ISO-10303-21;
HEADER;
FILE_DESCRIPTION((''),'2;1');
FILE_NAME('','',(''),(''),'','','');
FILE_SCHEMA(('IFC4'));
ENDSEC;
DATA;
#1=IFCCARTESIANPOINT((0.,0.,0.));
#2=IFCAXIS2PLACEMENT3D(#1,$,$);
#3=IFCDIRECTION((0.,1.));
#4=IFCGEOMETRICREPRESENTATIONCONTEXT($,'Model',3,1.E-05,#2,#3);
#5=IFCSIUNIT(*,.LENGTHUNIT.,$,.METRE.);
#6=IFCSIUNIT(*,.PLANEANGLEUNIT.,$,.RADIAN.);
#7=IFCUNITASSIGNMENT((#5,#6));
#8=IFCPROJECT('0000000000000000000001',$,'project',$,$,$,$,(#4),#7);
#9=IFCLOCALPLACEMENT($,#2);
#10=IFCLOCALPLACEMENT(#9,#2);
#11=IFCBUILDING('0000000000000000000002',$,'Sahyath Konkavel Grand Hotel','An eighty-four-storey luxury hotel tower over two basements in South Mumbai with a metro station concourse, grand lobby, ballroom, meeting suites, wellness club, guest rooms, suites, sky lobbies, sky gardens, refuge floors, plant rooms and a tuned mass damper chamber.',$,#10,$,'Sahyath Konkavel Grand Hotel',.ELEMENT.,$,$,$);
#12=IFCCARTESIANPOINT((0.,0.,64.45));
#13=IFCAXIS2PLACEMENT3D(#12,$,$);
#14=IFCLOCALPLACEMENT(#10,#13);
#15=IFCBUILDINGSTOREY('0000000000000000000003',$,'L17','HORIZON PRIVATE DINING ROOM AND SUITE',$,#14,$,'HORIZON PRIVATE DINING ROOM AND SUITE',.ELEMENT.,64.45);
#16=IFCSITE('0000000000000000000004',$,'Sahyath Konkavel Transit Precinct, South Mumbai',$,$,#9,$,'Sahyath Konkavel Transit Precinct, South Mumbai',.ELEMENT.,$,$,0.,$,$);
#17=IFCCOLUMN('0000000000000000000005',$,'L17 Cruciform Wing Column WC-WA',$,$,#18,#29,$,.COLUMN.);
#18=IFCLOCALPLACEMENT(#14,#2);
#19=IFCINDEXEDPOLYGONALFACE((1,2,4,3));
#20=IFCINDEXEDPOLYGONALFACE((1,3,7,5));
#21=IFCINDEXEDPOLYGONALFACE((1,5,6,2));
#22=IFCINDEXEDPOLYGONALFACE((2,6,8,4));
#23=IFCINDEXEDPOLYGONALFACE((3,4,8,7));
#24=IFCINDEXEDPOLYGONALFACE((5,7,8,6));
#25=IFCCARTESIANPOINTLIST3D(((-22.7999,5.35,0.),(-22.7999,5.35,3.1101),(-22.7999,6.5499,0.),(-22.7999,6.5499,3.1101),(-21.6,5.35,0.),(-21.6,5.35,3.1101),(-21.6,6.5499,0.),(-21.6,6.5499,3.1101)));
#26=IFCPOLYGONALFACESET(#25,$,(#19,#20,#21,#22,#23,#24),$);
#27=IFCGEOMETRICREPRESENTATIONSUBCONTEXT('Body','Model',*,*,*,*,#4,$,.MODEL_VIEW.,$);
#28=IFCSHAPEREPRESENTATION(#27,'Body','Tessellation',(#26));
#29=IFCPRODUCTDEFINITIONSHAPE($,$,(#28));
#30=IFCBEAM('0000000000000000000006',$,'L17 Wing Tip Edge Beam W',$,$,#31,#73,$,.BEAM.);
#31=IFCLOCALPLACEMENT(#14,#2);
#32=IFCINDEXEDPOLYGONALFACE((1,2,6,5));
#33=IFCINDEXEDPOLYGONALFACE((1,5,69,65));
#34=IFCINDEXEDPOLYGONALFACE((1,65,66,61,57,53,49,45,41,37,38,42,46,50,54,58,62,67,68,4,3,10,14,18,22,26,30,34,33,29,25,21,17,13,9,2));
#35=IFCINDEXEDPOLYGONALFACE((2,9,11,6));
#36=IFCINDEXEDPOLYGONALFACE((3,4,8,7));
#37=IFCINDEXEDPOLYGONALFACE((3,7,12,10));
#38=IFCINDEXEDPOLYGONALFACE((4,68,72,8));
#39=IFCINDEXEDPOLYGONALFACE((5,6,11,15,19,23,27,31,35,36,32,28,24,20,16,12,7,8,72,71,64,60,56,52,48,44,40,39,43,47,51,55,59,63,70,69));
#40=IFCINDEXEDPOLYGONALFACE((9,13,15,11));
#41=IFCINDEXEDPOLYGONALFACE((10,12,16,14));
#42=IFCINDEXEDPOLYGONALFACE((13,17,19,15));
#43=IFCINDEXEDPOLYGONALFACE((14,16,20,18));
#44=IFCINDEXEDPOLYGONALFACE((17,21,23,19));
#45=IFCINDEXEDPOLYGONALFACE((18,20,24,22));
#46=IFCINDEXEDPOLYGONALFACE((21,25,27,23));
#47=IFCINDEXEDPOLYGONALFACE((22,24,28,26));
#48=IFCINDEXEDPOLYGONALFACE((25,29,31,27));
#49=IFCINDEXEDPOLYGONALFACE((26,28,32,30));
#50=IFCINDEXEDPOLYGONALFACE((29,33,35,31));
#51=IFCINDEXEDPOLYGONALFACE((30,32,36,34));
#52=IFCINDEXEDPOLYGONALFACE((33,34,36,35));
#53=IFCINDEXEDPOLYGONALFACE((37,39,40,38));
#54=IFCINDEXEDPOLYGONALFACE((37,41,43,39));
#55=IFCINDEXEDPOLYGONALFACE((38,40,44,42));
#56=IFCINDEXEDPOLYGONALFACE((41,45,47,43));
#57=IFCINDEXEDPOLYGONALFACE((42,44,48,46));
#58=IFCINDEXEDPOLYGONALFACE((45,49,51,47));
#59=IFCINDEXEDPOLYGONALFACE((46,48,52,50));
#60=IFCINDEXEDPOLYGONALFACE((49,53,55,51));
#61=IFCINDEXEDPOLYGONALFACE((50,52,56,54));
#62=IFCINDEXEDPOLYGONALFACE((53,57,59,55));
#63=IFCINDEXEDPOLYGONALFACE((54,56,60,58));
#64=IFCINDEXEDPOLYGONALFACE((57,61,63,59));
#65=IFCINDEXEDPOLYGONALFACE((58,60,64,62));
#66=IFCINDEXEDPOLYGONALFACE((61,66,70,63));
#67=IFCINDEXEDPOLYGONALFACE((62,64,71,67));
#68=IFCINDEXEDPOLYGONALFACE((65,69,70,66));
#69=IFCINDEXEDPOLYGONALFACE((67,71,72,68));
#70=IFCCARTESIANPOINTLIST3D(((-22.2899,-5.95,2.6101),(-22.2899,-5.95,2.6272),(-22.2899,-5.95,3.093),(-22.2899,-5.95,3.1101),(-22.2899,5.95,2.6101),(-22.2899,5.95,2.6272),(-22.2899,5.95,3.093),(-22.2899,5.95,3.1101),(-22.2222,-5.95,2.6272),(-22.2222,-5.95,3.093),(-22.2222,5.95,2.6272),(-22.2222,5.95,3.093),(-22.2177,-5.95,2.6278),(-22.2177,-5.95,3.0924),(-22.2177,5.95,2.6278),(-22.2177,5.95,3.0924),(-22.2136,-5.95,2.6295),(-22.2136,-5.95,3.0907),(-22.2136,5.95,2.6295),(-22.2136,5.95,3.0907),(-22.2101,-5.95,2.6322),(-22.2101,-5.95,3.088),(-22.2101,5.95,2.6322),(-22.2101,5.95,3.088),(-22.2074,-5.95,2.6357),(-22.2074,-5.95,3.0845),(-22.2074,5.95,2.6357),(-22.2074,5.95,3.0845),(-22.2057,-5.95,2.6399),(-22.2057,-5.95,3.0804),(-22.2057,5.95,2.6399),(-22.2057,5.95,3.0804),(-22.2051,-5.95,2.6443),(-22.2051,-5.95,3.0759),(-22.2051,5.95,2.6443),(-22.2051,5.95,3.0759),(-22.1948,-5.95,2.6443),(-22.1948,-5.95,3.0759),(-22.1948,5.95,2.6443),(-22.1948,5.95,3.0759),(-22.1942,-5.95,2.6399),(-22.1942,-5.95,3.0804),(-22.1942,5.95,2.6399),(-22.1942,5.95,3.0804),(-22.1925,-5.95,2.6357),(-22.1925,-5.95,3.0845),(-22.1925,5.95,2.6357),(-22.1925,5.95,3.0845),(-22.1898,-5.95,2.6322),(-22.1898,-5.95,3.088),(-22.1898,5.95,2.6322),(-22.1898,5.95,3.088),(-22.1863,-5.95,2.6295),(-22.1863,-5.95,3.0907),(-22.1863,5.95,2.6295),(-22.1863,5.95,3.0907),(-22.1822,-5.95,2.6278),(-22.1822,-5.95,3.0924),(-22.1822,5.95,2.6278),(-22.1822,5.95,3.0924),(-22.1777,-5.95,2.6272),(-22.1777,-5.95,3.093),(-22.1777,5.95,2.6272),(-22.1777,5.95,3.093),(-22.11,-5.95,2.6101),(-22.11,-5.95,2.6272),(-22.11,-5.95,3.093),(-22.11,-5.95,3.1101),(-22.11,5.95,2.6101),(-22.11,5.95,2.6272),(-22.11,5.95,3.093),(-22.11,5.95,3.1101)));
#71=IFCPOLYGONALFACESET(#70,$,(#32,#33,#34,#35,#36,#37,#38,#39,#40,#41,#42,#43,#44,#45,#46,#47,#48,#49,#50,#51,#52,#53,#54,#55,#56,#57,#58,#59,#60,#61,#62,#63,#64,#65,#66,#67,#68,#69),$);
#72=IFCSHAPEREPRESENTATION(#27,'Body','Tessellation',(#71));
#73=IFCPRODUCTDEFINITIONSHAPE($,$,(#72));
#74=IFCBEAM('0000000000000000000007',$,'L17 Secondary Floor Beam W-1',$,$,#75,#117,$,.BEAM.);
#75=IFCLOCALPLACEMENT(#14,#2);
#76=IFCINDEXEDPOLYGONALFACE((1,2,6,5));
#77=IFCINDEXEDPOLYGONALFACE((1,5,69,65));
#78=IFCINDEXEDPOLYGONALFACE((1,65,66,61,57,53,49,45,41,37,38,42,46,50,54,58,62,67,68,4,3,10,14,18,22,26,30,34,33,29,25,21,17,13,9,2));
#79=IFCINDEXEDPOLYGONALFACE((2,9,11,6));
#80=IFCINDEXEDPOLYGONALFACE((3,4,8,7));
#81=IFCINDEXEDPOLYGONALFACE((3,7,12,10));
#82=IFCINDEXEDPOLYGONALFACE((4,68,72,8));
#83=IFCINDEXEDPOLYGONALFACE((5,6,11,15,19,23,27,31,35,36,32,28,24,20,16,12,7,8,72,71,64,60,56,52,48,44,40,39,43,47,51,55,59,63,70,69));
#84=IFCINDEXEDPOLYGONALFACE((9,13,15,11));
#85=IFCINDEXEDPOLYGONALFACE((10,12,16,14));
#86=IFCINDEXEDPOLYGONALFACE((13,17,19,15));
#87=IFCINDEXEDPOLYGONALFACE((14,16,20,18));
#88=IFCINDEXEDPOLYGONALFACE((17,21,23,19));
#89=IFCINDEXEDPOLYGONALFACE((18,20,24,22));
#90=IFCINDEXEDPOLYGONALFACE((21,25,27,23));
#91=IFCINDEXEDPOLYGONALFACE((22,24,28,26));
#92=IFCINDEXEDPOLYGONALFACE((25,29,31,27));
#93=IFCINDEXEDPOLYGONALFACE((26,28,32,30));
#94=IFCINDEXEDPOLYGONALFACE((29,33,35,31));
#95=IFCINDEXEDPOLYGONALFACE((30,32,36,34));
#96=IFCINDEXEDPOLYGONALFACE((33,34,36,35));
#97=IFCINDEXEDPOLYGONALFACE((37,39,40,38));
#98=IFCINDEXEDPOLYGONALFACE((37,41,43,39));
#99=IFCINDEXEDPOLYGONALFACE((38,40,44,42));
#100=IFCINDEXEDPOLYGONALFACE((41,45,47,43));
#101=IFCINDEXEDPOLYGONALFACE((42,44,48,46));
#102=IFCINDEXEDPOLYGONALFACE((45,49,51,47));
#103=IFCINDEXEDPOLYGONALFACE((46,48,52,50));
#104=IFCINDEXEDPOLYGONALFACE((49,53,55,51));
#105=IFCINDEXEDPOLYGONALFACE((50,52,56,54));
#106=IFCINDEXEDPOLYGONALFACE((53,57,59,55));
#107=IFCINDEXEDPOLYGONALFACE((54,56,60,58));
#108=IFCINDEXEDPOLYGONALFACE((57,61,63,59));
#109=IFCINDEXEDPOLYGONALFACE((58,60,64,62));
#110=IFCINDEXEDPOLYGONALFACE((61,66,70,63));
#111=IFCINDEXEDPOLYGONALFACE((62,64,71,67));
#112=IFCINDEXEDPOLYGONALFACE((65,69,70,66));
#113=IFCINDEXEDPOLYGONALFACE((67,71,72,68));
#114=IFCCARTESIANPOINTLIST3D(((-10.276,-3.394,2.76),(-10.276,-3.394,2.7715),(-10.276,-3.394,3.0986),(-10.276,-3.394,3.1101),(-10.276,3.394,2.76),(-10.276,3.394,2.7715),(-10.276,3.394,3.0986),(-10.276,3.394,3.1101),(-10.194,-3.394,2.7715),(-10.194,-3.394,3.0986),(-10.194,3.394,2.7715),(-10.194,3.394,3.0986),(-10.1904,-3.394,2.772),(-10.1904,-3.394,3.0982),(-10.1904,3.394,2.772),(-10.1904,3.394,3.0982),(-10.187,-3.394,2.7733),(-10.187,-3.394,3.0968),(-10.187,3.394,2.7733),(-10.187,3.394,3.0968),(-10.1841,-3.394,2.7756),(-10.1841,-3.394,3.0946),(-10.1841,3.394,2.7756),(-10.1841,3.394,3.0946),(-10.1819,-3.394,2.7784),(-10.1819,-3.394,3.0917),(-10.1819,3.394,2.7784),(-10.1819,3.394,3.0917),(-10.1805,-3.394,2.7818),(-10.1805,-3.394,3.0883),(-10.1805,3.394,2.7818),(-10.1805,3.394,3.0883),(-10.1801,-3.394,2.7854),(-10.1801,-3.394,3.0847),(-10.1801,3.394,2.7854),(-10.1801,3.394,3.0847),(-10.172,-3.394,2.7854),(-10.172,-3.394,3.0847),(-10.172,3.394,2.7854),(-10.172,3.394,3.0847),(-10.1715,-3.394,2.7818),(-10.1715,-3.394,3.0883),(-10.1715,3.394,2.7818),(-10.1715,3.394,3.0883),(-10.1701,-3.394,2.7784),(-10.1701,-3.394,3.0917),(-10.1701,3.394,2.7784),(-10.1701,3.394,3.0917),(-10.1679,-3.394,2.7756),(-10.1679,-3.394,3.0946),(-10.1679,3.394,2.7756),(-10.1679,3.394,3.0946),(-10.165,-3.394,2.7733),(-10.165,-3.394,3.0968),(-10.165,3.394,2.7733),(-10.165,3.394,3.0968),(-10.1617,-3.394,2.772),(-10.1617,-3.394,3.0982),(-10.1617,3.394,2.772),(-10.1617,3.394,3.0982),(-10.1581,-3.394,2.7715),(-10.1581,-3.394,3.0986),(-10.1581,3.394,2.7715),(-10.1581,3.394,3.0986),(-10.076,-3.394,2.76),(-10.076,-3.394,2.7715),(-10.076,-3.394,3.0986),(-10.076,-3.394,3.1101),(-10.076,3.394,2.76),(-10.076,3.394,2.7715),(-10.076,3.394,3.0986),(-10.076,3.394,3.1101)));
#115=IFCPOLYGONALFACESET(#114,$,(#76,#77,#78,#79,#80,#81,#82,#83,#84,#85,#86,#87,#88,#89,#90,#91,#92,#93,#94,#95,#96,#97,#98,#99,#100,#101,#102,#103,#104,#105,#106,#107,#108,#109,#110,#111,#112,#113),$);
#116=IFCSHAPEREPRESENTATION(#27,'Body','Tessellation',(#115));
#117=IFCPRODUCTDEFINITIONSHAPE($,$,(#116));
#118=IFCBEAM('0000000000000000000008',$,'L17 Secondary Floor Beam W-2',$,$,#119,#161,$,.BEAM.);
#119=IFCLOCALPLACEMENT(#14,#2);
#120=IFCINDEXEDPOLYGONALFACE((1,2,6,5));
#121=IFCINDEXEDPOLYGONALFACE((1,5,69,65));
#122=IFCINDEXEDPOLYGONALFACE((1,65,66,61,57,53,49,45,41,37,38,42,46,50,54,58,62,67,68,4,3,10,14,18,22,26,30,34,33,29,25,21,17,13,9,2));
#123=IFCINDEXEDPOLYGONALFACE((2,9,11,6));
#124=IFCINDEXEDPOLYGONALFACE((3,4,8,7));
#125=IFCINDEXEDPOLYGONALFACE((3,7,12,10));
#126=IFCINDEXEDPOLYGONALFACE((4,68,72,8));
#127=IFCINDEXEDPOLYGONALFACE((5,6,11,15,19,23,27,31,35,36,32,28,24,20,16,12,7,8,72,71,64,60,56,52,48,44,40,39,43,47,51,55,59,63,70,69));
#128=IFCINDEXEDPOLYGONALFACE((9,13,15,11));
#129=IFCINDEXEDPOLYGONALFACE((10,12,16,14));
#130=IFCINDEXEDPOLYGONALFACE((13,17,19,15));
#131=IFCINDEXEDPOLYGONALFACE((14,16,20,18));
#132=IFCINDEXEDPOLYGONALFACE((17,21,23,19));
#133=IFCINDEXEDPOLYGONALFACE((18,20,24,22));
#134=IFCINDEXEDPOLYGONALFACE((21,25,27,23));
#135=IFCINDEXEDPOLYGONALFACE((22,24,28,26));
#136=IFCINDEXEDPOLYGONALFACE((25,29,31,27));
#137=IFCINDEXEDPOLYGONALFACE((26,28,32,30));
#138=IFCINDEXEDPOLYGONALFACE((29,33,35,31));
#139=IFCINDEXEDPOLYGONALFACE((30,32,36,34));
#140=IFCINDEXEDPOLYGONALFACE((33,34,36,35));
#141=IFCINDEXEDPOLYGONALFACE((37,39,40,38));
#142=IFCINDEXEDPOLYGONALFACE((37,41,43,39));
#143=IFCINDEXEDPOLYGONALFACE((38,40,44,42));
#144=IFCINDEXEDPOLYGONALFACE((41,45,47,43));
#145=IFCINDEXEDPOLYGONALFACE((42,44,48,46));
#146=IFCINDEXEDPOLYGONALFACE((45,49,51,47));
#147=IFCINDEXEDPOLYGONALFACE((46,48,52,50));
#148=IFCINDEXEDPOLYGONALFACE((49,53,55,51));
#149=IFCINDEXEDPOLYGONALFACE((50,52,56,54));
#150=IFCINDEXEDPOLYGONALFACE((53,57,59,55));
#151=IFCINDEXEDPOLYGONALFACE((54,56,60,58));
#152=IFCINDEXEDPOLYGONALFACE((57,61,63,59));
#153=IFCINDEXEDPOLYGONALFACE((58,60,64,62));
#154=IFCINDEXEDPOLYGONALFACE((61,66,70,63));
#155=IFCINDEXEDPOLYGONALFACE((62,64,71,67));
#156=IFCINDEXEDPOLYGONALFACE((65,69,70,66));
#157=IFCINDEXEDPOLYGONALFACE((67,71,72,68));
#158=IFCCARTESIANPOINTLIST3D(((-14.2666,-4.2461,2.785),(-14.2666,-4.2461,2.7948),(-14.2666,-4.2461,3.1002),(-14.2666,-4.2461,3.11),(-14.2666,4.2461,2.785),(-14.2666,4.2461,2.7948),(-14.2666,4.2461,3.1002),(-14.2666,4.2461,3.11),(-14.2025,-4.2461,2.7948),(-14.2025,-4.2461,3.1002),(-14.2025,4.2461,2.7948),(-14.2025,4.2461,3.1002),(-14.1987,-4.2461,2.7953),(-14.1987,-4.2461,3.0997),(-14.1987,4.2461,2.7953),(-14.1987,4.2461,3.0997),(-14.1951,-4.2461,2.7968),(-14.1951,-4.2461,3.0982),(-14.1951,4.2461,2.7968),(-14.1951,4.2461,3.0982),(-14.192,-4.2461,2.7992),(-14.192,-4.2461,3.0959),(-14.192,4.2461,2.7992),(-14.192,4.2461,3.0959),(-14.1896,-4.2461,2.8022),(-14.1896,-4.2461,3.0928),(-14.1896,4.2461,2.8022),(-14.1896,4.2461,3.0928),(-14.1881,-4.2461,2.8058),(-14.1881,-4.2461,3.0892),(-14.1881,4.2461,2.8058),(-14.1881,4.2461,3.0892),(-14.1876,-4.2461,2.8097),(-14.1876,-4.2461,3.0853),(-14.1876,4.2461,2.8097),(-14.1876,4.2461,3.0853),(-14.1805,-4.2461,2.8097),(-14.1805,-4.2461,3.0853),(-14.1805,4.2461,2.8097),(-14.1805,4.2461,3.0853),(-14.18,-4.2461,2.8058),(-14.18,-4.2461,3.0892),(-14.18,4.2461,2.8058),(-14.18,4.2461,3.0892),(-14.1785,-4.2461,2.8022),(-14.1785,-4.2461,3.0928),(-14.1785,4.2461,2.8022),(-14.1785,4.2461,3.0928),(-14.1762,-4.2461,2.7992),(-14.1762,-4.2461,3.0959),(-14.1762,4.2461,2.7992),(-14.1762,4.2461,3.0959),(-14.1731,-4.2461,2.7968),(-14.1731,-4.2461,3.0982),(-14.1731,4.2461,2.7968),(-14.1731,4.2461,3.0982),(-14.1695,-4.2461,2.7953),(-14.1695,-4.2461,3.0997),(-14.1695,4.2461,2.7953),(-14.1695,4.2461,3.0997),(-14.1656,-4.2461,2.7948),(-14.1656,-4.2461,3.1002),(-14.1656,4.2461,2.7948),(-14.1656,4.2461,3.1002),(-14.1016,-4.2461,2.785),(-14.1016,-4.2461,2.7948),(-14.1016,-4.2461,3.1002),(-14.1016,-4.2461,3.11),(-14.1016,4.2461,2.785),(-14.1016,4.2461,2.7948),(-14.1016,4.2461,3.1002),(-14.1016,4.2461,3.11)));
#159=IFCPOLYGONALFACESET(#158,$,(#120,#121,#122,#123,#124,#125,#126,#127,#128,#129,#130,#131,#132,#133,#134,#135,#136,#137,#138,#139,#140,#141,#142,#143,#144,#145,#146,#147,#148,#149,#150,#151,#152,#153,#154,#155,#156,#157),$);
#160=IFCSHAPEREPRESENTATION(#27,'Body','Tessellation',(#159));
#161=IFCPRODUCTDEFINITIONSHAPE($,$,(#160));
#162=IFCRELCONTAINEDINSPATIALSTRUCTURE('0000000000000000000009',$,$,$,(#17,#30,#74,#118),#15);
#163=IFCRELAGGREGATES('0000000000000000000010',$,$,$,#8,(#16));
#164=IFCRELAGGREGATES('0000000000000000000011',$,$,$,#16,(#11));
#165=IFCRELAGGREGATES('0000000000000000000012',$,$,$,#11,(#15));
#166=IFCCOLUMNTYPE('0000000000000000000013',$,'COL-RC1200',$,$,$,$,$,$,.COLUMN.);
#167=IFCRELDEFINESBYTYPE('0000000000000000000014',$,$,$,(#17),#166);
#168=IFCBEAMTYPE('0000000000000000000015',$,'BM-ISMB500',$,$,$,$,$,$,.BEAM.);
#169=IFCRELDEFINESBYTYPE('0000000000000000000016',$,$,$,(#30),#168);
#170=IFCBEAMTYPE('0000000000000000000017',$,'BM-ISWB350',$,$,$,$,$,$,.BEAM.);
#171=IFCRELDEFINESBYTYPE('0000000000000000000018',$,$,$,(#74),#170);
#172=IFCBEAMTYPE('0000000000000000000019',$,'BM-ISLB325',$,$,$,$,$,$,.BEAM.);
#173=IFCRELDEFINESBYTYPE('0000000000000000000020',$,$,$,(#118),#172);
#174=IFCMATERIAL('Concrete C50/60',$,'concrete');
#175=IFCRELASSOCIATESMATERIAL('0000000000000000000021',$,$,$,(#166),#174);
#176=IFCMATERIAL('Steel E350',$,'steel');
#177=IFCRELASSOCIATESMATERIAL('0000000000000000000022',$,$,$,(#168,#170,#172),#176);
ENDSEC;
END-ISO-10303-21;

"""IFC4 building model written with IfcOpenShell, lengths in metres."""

from ifc_helpers import new_model, si_unit, direction, frame, origin, origin_2d, place, context, subcontext, project, spatial, rectangle, i_section, extrude, source, transform, mapped, material, material_profile, profile_set, type_object, element, save


model = new_model("IFC4")

# Units and contexts
model_context = context("Model", 3, precision=1e-05, world=origin(), true_north=direction((0.0, 1.0)))
body_context = subcontext(model_context, "Body", "Model", "MODEL_VIEW")
ifc_project = project(units=[si_unit("LENGTHUNIT", "METRE"), si_unit("PLANEANGLEUNIT", "RADIAN")], contexts=[model_context])

# Site, building, storey
site_placement = place(None, origin())
site = spatial("IfcSite", under=ifc_project, at=site_placement, Name="Sahyath Konkavel Transit Precinct, South Mumbai", LongName="Sahyath Konkavel Transit Precinct, South Mumbai", CompositionType="ELEMENT", RefElevation=0.0)
building_placement = place(site_placement, origin())
building = spatial("IfcBuilding", under=site, at=building_placement, Name="Sahyath Konkavel Grand Hotel", Description="An eighty-four-storey luxury hotel tower over two basements in South Mumbai with a metro station concourse, grand lobby, ballroom, meeting suites, wellness club, guest rooms, suites, sky lobbies, sky gardens, refuge floors, plant rooms and a tuned mass damper chamber.", LongName="Sahyath Konkavel Grand Hotel", CompositionType="ELEMENT")
storey_placement = place(building_placement, frame((0.0, 0.0, 64.45)))
storey = spatial("IfcBuildingStorey", under=building, at=storey_placement, Name="L17", Description="HORIZON PRIVATE DINING ROOM AND SUITE", LongName="HORIZON PRIVATE DINING ROOM AND SUITE", CompositionType="ELEMENT", Elevation=64.45)

# Column
ifc_material_1 = material(Name="Concrete C50/60", Category="concrete")
ifc_material_profile_1 = material_profile(ifc_material_1, rectangle(XDim=1.2, YDim=1.2, at=origin_2d()), Name="RC 1200x1200")
ifc_profile_set_1 = profile_set([ifc_material_profile_1], Name="Concrete C50/60")
column_type = type_object("IfcColumnType", Name="COL-RC1200", PredefinedType="COLUMN", material=ifc_profile_set_1)
shared_shape_1 = source(origin(), body_context, "Body", "SweptSolid", [
    extrude(rectangle(XDim=1.2, YDim=1.2, at=origin_2d()), origin(), (0.0, 0.0, 1.0), 3.1101),
])
column_placement = place(storey_placement, frame((-22.2, 5.95, 0.0), z_axis=(0.0, 0.0, 1.0), x_axis=(1.0, 0.0, 0.0)))
element("IfcColumn", 1, at=column_placement, inside=storey, type_object=column_type, Name="L17 Cruciform Wing Column WC-WA", PredefinedType="COLUMN", context=body_context, shape_type="MappedRepresentation", body=[
    mapped(shared_shape_1, transform((0.0, 0.0, 0.0), scale=1.0)),
])

# Beams
ifc_material_2 = material(Name="Steel E350", Category="steel")
ifc_material_profile_2 = material_profile(ifc_material_2, i_section(OverallWidth=0.1799, OverallDepth=0.5, WebThickness=0.0103, FlangeThickness=0.0171, FilletRadius=0.0171, at=origin_2d()), Name="ISMB 500")
ifc_profile_set_2 = profile_set([ifc_material_profile_2], Name="Steel E350")
beam_type_1 = type_object("IfcBeamType", Name="BM-ISMB500", PredefinedType="BEAM", material=ifc_profile_set_2)
shared_shape_2 = source(origin(), body_context, "Body", "SweptSolid", [
    extrude(i_section(OverallWidth=0.1799, OverallDepth=0.5, WebThickness=0.0103, FlangeThickness=0.0171, FilletRadius=0.0171, at=origin_2d()), origin(), (0.0, 0.0, 1.0), 11.8999),
])
beam_1_placement = place(storey_placement, frame((-22.2, 5.95, 2.8601), z_axis=(0.0, -1.0, 0.0), x_axis=(1.0, 0.0, 0.0)))
element("IfcBeam", 2, at=beam_1_placement, inside=storey, type_object=beam_type_1, Name="L17 Wing Tip Edge Beam W", PredefinedType="BEAM", context=body_context, shape_type="MappedRepresentation", body=[
    mapped(shared_shape_2, transform((0.0, 0.0, 0.0), scale=1.0)),
])
ifc_material_profile_3 = material_profile(ifc_material_2, i_section(OverallWidth=0.2, OverallDepth=0.3501, WebThickness=0.0081, FlangeThickness=0.0115, FilletRadius=0.0139, at=origin_2d()), Name="ISWB 350")
ifc_profile_set_3 = profile_set([ifc_material_profile_3], Name="Steel E350")
beam_type_2 = type_object("IfcBeamType", Name="BM-ISWB350", PredefinedType="BEAM", material=ifc_profile_set_3)
shared_shape_3 = source(origin(), body_context, "Body", "SweptSolid", [
    extrude(i_section(OverallWidth=0.2, OverallDepth=0.3501, WebThickness=0.0081, FlangeThickness=0.0115, FilletRadius=0.0139, at=origin_2d()), origin(), (0.0, 0.0, 1.0), 6.7881),
])
beam_2_placement = place(storey_placement, frame((-10.176, 3.394, 2.9351), z_axis=(0.0, -1.0, 0.0), x_axis=(1.0, 0.0, 0.0)))
element("IfcBeam", 3, at=beam_2_placement, inside=storey, type_object=beam_type_2, Name="L17 Secondary Floor Beam W-1", PredefinedType="BEAM", context=body_context, shape_type="MappedRepresentation", body=[
    mapped(shared_shape_3, transform((0.0, 0.0, 0.0), scale=1.0)),
])
ifc_material_profile_4 = material_profile(ifc_material_2, i_section(OverallWidth=0.165, OverallDepth=0.325, WebThickness=0.0071, FlangeThickness=0.0098, FilletRadius=0.0149, at=origin_2d()), Name="ISLB 325")
ifc_profile_set_4 = profile_set([ifc_material_profile_4], Name="Steel E350")
beam_type_3 = type_object("IfcBeamType", Name="BM-ISLB325", PredefinedType="BEAM", material=ifc_profile_set_4)
shared_shape_4 = source(origin(), body_context, "Body", "SweptSolid", [
    extrude(i_section(OverallWidth=0.165, OverallDepth=0.325, WebThickness=0.0071, FlangeThickness=0.0098, FilletRadius=0.0149, at=origin_2d()), origin(), (0.0, 0.0, 1.0), 8.4922),
])
beam_3_placement = place(storey_placement, frame((-14.1841, 4.2461, 2.9475), z_axis=(0.0, -1.0, 0.0), x_axis=(1.0, 0.0, 0.0)))
element("IfcBeam", 4, at=beam_3_placement, inside=storey, type_object=beam_type_3, Name="L17 Secondary Floor Beam W-2", PredefinedType="BEAM", context=body_context, shape_type="MappedRepresentation", body=[
    mapped(shared_shape_4, transform((0.0, 0.0, 0.0), scale=1.0)),
])

save(model, "model.ifc")
